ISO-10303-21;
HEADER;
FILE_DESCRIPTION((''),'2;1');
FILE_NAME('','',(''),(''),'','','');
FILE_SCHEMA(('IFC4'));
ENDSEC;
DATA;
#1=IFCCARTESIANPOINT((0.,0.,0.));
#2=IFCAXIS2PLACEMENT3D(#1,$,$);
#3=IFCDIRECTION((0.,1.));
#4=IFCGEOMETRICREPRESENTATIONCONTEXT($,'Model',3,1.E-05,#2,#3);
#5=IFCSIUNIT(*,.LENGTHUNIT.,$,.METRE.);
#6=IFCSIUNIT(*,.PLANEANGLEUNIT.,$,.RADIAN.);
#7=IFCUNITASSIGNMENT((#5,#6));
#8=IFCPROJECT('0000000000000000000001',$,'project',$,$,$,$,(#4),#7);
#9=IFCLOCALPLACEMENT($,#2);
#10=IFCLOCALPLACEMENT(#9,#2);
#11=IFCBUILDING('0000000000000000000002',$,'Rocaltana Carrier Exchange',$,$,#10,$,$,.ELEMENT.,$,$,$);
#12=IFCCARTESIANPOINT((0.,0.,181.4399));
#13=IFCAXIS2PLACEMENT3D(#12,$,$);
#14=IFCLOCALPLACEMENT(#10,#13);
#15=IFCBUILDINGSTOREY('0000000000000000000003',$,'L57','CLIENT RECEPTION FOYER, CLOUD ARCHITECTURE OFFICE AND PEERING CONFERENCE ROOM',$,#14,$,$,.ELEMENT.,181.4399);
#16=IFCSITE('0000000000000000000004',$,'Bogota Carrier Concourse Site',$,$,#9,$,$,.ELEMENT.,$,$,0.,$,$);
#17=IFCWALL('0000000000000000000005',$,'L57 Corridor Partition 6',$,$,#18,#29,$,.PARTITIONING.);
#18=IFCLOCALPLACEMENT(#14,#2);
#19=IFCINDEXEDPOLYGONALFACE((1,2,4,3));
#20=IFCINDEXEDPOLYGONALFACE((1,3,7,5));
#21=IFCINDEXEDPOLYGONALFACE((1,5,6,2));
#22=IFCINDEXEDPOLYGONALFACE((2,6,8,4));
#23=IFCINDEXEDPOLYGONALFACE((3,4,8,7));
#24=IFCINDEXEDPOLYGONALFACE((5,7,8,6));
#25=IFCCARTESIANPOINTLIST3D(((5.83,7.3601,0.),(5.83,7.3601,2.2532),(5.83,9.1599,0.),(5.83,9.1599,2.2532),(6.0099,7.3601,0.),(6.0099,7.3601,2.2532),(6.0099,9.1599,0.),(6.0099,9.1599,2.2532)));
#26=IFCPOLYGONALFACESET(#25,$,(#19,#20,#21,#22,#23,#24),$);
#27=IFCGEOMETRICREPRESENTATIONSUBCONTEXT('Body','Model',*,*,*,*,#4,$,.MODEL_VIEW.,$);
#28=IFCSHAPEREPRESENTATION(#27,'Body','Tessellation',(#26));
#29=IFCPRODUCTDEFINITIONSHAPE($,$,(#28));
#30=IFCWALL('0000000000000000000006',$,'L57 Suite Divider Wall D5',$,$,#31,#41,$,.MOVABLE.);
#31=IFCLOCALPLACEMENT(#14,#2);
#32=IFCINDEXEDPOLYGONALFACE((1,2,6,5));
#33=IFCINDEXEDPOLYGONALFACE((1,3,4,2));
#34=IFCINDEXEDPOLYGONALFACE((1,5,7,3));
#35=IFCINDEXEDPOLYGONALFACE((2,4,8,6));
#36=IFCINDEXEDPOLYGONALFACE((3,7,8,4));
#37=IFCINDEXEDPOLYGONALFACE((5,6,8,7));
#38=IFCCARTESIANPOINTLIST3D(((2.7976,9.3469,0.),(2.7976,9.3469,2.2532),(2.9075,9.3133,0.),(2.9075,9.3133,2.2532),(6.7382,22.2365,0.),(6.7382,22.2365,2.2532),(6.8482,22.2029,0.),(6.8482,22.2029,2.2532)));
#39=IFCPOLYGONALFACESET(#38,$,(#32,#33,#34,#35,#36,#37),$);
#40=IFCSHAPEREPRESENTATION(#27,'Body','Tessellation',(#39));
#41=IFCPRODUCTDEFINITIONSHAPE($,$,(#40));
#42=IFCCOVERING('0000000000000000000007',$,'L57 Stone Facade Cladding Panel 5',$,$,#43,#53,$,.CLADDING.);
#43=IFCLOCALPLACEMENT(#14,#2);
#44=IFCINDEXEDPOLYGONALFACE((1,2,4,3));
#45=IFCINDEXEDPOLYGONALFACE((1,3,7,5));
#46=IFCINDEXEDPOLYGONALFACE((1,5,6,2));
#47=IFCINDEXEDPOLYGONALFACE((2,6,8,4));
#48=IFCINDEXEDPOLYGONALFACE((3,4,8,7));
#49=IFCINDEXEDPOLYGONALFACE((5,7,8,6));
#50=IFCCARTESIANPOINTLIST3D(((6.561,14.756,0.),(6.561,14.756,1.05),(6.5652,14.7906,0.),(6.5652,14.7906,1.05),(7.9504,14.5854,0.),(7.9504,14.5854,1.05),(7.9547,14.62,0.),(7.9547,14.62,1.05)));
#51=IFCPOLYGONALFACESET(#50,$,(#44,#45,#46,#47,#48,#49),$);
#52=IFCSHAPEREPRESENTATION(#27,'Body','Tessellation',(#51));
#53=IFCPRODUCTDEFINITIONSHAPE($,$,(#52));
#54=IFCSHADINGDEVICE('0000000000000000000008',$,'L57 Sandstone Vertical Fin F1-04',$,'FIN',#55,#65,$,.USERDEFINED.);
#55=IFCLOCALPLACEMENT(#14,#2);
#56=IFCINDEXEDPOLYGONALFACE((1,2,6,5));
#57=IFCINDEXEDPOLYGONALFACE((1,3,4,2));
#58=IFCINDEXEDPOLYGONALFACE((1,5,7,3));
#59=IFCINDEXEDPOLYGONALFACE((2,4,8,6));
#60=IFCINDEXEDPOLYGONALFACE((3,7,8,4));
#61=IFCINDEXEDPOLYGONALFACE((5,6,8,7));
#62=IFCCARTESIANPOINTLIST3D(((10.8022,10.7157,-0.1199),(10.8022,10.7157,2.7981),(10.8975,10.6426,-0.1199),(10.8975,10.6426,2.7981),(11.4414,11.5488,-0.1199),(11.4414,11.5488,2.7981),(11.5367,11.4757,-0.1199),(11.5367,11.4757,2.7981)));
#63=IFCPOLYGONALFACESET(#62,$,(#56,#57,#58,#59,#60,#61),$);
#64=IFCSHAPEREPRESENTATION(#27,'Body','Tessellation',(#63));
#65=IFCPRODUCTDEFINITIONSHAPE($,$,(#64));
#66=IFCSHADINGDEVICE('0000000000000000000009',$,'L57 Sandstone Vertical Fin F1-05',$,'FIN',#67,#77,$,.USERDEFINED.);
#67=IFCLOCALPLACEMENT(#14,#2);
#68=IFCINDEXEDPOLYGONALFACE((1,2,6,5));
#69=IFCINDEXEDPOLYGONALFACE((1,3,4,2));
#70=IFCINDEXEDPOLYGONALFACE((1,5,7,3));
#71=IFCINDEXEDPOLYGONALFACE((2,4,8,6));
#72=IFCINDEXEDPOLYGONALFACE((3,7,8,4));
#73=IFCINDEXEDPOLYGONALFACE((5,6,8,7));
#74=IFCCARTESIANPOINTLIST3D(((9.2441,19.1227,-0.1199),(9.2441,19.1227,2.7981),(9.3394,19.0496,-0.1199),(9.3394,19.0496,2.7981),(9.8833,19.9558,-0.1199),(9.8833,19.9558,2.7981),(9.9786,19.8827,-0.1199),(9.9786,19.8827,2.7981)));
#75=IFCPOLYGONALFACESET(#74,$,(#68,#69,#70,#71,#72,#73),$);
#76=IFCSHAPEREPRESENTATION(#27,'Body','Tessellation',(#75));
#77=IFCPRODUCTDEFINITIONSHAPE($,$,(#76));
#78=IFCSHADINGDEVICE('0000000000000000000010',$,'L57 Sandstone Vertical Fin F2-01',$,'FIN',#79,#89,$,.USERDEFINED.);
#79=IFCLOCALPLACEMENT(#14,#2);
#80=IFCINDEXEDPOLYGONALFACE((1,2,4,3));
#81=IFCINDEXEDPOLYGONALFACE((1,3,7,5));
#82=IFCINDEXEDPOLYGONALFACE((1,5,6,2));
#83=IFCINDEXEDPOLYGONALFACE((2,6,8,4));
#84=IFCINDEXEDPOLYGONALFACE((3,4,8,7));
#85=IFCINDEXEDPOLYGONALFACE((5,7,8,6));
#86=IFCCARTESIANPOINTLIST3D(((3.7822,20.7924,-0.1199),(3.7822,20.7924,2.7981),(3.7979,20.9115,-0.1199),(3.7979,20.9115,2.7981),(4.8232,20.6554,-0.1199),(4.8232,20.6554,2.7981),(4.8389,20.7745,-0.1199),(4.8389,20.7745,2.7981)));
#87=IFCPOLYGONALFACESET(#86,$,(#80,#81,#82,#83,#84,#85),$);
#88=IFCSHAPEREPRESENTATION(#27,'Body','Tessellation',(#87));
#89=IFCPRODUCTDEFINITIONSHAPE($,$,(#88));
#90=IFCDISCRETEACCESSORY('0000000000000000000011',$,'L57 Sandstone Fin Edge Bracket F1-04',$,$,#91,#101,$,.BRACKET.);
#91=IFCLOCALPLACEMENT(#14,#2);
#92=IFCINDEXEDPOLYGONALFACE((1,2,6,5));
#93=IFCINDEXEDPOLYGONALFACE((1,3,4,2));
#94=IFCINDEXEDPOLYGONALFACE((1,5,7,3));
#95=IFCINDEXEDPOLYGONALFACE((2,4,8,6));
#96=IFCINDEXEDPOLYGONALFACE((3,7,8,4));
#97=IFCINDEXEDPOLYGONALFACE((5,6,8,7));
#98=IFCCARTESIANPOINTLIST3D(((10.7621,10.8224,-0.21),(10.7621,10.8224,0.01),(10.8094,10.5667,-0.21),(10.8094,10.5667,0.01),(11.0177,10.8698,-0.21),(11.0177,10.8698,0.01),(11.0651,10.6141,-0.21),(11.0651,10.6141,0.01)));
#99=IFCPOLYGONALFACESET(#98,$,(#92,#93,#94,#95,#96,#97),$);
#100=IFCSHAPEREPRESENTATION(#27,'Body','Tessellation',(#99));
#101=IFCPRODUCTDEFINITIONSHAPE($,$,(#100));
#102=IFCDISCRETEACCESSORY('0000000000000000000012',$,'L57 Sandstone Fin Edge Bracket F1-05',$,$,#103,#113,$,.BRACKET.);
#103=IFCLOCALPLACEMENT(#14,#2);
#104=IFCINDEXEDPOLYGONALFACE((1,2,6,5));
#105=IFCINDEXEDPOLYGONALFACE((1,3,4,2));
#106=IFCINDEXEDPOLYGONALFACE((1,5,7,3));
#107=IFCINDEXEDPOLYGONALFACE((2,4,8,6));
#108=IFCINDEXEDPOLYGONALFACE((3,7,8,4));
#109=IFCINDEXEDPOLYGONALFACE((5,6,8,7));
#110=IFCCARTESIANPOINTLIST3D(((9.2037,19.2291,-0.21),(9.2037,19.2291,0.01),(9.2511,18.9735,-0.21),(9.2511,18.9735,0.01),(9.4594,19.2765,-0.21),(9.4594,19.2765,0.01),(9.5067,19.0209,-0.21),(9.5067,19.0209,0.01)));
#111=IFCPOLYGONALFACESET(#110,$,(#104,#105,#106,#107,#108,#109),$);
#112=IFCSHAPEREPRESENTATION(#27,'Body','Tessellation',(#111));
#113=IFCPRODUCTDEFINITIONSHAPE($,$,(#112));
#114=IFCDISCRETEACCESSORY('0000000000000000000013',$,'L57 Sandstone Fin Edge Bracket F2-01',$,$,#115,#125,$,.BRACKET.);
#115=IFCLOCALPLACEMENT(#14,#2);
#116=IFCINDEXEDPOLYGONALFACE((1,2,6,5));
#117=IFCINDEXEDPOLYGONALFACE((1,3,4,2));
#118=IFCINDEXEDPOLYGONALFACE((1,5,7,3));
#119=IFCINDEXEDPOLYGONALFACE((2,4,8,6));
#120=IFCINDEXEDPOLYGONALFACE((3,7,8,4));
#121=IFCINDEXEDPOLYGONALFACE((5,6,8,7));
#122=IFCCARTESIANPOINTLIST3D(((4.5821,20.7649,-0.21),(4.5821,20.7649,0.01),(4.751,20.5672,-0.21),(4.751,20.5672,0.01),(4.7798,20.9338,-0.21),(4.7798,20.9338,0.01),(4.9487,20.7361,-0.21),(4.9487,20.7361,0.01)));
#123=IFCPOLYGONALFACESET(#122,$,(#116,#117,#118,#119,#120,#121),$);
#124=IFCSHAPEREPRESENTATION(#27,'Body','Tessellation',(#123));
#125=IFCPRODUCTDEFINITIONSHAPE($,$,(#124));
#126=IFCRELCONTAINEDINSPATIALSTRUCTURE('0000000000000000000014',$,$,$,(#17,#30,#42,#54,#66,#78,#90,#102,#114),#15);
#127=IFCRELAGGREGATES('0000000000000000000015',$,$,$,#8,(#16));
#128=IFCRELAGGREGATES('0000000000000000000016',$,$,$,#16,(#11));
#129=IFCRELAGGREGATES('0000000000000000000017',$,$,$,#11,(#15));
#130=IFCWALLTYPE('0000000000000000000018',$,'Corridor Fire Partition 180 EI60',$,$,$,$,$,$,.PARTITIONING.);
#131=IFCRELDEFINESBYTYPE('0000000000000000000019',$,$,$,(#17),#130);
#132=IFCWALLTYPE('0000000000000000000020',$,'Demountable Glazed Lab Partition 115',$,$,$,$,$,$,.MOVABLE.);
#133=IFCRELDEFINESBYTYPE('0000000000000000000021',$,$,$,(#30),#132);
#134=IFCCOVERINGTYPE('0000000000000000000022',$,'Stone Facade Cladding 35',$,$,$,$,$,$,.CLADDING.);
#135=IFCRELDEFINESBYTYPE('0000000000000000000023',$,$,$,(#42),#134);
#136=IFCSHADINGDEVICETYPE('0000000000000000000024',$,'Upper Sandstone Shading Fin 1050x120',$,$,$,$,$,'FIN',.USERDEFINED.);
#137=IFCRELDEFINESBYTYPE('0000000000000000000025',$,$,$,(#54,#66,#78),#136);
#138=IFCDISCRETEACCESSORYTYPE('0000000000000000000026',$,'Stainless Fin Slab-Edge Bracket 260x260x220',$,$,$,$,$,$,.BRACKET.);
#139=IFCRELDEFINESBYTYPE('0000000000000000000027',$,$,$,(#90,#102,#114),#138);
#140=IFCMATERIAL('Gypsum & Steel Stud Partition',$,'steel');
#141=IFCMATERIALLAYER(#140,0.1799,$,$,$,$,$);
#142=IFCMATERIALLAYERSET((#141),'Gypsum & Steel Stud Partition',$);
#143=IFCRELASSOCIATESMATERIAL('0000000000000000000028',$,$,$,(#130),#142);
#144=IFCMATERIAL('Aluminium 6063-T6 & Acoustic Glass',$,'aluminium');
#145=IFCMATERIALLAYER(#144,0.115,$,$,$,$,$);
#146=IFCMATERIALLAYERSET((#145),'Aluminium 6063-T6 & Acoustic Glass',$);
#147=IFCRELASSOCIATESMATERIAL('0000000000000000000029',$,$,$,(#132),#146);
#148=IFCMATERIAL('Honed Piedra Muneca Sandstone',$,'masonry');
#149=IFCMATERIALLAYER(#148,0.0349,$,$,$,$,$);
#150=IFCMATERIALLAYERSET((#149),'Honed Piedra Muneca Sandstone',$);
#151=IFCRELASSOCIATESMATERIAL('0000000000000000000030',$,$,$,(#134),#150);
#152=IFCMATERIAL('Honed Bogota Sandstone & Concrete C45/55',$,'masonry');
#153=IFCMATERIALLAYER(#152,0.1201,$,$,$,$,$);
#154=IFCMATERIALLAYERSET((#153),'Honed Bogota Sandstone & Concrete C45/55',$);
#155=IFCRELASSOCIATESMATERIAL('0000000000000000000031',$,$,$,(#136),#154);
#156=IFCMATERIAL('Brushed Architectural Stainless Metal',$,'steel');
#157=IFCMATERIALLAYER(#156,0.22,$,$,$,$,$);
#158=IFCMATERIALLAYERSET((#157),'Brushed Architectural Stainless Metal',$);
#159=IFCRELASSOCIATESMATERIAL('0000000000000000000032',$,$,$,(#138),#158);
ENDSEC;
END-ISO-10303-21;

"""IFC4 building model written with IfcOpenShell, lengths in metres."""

from ifc_helpers import new_model, si_unit, direction, frame, frame_2d, origin, origin_2d, place, context, subcontext, project, spatial, rectangle, extrude, material, layer, layer_set, type_object, element, save


model = new_model("IFC4")

# Units and contexts
model_context = context("Model", 3, precision=1e-05, world=origin(), true_north=direction((0.0, 1.0)))
body_context = subcontext(model_context, "Body", "Model", "MODEL_VIEW")
ifc_project = project(units=[si_unit("LENGTHUNIT", "METRE"), si_unit("PLANEANGLEUNIT", "RADIAN")], contexts=[model_context])

# Site, building, storey
site_placement = place(None, origin())
site = spatial("IfcSite", under=ifc_project, at=site_placement, Name="Bogota Carrier Concourse Site", CompositionType="ELEMENT", RefElevation=0.0)
building_placement = place(site_placement, origin())
building = spatial("IfcBuilding", under=site, at=building_placement, Name="Rocaltana Carrier Exchange", CompositionType="ELEMENT")
storey_placement = place(building_placement, frame((0.0, 0.0, 181.4399)))
storey = spatial("IfcBuildingStorey", under=building, at=storey_placement, Name="L57", Description="CLIENT RECEPTION FOYER, CLOUD ARCHITECTURE OFFICE AND PEERING CONFERENCE ROOM", CompositionType="ELEMENT", Elevation=181.4399)

# Walls
ifc_material_1 = material(Name="Gypsum & Steel Stud Partition", Category="steel")
ifc_layer_1 = layer(ifc_material_1, 0.1799)
ifc_layer_set_1 = layer_set([ifc_layer_1], Name="Gypsum & Steel Stud Partition")
wall_type_1 = type_object("IfcWallType", Name="Corridor Fire Partition 180 EI60", PredefinedType="PARTITIONING", material=ifc_layer_set_1)
wall_1_placement = place(storey_placement, frame((5.9199, 9.1599, 0.0), z_axis=(0.0, 0.0, 1.0), x_axis=(0.0, -1.0, 0.0)))
element("IfcWall", 1, at=wall_1_placement, inside=storey, type_object=wall_type_1, Name="L57 Corridor Partition 6", PredefinedType="PARTITIONING", context=body_context, shape_type="SweptSolid", body=[
    extrude(rectangle(XDim=1.7998, YDim=0.1799, at=frame_2d((0.8999, 0.0))), origin(), (0.0, 0.0, 1.0), 2.2532),
])
ifc_material_2 = material(Name="Aluminium 6063-T6 & Acoustic Glass", Category="aluminium")
ifc_layer_2 = layer(ifc_material_2, 0.115)
ifc_layer_set_2 = layer_set([ifc_layer_2], Name="Aluminium 6063-T6 & Acoustic Glass")
wall_type_2 = type_object("IfcWallType", Name="Demountable Glazed Lab Partition 115", PredefinedType="MOVABLE", material=ifc_layer_set_2)
wall_2_placement = place(storey_placement, frame((2.8525, 9.3301, 0.0), z_axis=(0.0, 0.0, 1.0), x_axis=(0.292366, 0.956307, 0.0)))
element("IfcWall", 2, at=wall_2_placement, inside=storey, type_object=wall_type_2, Name="L57 Suite Divider Wall D5", PredefinedType="MOVABLE", context=body_context, shape_type="SweptSolid", body=[
    extrude(rectangle(XDim=13.4785, YDim=0.115, at=frame_2d((6.7393, 0.0))), origin(), (0.0, 0.0, 1.0), 2.2532),
])

# Covering
ifc_material_3 = material(Name="Honed Piedra Muneca Sandstone", Category="masonry")
ifc_layer_3 = layer(ifc_material_3, 0.0349)
ifc_layer_set_3 = layer_set([ifc_layer_3], Name="Honed Piedra Muneca Sandstone")
covering_type = type_object("IfcCoveringType", Name="Stone Facade Cladding 35", PredefinedType="CLADDING", material=ifc_layer_set_3)
covering_placement = place(storey_placement, frame((7.2578, 14.688, 0.0), z_axis=(0.0, 0.0, 1.0), x_axis=(-0.992546, 0.121869, 0.0)))
element("IfcCovering", 3, at=covering_placement, inside=storey, type_object=covering_type, Name="L57 Stone Facade Cladding Panel 5", PredefinedType="CLADDING", context=body_context, shape_type="SweptSolid", body=[
    extrude(rectangle(XDim=1.3999, YDim=0.0349, at=origin_2d()), origin(), (0.0, 0.0, 1.0), 1.05),
])

# Shading devices
ifc_material_4 = material(Name="Honed Bogota Sandstone & Concrete C45/55", Category="masonry")
ifc_layer_4 = layer(ifc_material_4, 0.1201)
ifc_layer_set_4 = layer_set([ifc_layer_4], Name="Honed Bogota Sandstone & Concrete C45/55")
shading_device_type = type_object("IfcShadingDeviceType", Name="Upper Sandstone Shading Fin 1050x120", ElementType="FIN", PredefinedType="USERDEFINED", material=ifc_layer_set_4)
for number, where, z_axis, x_axis, name in (
    (4, (11.1694, 11.0957, -0.1199), (0.0, 0.0, 1.0), (0.608761, 0.793353, 0.0), "L57 Sandstone Vertical Fin F1-04"),
    (5, (9.6113, 19.5027, -0.1199), (0.0, 0.0, 1.0), (0.608761, 0.793353, 0.0), "L57 Sandstone Vertical Fin F1-05"),
    (6, (4.3105, 20.7834, -0.1199), (0.0, 0.0, 1.0), (-0.991445, 0.130526, 0.0), "L57 Sandstone Vertical Fin F2-01"),
):
    element("IfcShadingDevice", number, at=place(storey_placement, frame(where, z_axis=z_axis, x_axis=x_axis)), inside=storey, type_object=shading_device_type, Name=name, ObjectType="FIN", PredefinedType="USERDEFINED", context=body_context, shape_type="SweptSolid", body=[
        extrude(rectangle(XDim=1.05, YDim=0.1201, at=origin_2d()), origin(), (0.0, 0.0, 1.0), 2.918),
    ])

# Discrete accessories
ifc_material_5 = material(Name="Brushed Architectural Stainless Metal", Category="steel")
ifc_layer_5 = layer(ifc_material_5, 0.22)
ifc_layer_set_5 = layer_set([ifc_layer_5], Name="Brushed Architectural Stainless Metal")
discrete_accessory_type = type_object("IfcDiscreteAccessoryType", Name="Stainless Fin Slab-Edge Bracket 260x260x220", PredefinedType="BRACKET", material=ifc_layer_set_5)
for number, where, z_axis, x_axis, name in (
    (7, (10.9136, 10.7183, -0.21), (0.0, 0.0, 1.0), (-0.182236, 0.983255, 0.0), "L57 Sandstone Fin Edge Bracket F1-04"),
    (8, (9.3552, 19.125, -0.21), (0.0, 0.0, 1.0), (-0.182236, 0.983255, 0.0), "L57 Sandstone Fin Edge Bracket F1-05"),
    (9, (4.7654, 20.7505, -0.21), (0.0, 0.0, 1.0), (-0.760406, -0.649448, 0.0), "L57 Sandstone Fin Edge Bracket F2-01"),
):
    element("IfcDiscreteAccessory", number, at=place(storey_placement, frame(where, z_axis=z_axis, x_axis=x_axis)), inside=storey, type_object=discrete_accessory_type, Name=name, PredefinedType="BRACKET", context=body_context, shape_type="SweptSolid", body=[
        extrude(rectangle(XDim=0.26, YDim=0.26, at=origin_2d()), origin(), (0.0, 0.0, 1.0), 0.22),
    ])

save(model, "model.ifc")
